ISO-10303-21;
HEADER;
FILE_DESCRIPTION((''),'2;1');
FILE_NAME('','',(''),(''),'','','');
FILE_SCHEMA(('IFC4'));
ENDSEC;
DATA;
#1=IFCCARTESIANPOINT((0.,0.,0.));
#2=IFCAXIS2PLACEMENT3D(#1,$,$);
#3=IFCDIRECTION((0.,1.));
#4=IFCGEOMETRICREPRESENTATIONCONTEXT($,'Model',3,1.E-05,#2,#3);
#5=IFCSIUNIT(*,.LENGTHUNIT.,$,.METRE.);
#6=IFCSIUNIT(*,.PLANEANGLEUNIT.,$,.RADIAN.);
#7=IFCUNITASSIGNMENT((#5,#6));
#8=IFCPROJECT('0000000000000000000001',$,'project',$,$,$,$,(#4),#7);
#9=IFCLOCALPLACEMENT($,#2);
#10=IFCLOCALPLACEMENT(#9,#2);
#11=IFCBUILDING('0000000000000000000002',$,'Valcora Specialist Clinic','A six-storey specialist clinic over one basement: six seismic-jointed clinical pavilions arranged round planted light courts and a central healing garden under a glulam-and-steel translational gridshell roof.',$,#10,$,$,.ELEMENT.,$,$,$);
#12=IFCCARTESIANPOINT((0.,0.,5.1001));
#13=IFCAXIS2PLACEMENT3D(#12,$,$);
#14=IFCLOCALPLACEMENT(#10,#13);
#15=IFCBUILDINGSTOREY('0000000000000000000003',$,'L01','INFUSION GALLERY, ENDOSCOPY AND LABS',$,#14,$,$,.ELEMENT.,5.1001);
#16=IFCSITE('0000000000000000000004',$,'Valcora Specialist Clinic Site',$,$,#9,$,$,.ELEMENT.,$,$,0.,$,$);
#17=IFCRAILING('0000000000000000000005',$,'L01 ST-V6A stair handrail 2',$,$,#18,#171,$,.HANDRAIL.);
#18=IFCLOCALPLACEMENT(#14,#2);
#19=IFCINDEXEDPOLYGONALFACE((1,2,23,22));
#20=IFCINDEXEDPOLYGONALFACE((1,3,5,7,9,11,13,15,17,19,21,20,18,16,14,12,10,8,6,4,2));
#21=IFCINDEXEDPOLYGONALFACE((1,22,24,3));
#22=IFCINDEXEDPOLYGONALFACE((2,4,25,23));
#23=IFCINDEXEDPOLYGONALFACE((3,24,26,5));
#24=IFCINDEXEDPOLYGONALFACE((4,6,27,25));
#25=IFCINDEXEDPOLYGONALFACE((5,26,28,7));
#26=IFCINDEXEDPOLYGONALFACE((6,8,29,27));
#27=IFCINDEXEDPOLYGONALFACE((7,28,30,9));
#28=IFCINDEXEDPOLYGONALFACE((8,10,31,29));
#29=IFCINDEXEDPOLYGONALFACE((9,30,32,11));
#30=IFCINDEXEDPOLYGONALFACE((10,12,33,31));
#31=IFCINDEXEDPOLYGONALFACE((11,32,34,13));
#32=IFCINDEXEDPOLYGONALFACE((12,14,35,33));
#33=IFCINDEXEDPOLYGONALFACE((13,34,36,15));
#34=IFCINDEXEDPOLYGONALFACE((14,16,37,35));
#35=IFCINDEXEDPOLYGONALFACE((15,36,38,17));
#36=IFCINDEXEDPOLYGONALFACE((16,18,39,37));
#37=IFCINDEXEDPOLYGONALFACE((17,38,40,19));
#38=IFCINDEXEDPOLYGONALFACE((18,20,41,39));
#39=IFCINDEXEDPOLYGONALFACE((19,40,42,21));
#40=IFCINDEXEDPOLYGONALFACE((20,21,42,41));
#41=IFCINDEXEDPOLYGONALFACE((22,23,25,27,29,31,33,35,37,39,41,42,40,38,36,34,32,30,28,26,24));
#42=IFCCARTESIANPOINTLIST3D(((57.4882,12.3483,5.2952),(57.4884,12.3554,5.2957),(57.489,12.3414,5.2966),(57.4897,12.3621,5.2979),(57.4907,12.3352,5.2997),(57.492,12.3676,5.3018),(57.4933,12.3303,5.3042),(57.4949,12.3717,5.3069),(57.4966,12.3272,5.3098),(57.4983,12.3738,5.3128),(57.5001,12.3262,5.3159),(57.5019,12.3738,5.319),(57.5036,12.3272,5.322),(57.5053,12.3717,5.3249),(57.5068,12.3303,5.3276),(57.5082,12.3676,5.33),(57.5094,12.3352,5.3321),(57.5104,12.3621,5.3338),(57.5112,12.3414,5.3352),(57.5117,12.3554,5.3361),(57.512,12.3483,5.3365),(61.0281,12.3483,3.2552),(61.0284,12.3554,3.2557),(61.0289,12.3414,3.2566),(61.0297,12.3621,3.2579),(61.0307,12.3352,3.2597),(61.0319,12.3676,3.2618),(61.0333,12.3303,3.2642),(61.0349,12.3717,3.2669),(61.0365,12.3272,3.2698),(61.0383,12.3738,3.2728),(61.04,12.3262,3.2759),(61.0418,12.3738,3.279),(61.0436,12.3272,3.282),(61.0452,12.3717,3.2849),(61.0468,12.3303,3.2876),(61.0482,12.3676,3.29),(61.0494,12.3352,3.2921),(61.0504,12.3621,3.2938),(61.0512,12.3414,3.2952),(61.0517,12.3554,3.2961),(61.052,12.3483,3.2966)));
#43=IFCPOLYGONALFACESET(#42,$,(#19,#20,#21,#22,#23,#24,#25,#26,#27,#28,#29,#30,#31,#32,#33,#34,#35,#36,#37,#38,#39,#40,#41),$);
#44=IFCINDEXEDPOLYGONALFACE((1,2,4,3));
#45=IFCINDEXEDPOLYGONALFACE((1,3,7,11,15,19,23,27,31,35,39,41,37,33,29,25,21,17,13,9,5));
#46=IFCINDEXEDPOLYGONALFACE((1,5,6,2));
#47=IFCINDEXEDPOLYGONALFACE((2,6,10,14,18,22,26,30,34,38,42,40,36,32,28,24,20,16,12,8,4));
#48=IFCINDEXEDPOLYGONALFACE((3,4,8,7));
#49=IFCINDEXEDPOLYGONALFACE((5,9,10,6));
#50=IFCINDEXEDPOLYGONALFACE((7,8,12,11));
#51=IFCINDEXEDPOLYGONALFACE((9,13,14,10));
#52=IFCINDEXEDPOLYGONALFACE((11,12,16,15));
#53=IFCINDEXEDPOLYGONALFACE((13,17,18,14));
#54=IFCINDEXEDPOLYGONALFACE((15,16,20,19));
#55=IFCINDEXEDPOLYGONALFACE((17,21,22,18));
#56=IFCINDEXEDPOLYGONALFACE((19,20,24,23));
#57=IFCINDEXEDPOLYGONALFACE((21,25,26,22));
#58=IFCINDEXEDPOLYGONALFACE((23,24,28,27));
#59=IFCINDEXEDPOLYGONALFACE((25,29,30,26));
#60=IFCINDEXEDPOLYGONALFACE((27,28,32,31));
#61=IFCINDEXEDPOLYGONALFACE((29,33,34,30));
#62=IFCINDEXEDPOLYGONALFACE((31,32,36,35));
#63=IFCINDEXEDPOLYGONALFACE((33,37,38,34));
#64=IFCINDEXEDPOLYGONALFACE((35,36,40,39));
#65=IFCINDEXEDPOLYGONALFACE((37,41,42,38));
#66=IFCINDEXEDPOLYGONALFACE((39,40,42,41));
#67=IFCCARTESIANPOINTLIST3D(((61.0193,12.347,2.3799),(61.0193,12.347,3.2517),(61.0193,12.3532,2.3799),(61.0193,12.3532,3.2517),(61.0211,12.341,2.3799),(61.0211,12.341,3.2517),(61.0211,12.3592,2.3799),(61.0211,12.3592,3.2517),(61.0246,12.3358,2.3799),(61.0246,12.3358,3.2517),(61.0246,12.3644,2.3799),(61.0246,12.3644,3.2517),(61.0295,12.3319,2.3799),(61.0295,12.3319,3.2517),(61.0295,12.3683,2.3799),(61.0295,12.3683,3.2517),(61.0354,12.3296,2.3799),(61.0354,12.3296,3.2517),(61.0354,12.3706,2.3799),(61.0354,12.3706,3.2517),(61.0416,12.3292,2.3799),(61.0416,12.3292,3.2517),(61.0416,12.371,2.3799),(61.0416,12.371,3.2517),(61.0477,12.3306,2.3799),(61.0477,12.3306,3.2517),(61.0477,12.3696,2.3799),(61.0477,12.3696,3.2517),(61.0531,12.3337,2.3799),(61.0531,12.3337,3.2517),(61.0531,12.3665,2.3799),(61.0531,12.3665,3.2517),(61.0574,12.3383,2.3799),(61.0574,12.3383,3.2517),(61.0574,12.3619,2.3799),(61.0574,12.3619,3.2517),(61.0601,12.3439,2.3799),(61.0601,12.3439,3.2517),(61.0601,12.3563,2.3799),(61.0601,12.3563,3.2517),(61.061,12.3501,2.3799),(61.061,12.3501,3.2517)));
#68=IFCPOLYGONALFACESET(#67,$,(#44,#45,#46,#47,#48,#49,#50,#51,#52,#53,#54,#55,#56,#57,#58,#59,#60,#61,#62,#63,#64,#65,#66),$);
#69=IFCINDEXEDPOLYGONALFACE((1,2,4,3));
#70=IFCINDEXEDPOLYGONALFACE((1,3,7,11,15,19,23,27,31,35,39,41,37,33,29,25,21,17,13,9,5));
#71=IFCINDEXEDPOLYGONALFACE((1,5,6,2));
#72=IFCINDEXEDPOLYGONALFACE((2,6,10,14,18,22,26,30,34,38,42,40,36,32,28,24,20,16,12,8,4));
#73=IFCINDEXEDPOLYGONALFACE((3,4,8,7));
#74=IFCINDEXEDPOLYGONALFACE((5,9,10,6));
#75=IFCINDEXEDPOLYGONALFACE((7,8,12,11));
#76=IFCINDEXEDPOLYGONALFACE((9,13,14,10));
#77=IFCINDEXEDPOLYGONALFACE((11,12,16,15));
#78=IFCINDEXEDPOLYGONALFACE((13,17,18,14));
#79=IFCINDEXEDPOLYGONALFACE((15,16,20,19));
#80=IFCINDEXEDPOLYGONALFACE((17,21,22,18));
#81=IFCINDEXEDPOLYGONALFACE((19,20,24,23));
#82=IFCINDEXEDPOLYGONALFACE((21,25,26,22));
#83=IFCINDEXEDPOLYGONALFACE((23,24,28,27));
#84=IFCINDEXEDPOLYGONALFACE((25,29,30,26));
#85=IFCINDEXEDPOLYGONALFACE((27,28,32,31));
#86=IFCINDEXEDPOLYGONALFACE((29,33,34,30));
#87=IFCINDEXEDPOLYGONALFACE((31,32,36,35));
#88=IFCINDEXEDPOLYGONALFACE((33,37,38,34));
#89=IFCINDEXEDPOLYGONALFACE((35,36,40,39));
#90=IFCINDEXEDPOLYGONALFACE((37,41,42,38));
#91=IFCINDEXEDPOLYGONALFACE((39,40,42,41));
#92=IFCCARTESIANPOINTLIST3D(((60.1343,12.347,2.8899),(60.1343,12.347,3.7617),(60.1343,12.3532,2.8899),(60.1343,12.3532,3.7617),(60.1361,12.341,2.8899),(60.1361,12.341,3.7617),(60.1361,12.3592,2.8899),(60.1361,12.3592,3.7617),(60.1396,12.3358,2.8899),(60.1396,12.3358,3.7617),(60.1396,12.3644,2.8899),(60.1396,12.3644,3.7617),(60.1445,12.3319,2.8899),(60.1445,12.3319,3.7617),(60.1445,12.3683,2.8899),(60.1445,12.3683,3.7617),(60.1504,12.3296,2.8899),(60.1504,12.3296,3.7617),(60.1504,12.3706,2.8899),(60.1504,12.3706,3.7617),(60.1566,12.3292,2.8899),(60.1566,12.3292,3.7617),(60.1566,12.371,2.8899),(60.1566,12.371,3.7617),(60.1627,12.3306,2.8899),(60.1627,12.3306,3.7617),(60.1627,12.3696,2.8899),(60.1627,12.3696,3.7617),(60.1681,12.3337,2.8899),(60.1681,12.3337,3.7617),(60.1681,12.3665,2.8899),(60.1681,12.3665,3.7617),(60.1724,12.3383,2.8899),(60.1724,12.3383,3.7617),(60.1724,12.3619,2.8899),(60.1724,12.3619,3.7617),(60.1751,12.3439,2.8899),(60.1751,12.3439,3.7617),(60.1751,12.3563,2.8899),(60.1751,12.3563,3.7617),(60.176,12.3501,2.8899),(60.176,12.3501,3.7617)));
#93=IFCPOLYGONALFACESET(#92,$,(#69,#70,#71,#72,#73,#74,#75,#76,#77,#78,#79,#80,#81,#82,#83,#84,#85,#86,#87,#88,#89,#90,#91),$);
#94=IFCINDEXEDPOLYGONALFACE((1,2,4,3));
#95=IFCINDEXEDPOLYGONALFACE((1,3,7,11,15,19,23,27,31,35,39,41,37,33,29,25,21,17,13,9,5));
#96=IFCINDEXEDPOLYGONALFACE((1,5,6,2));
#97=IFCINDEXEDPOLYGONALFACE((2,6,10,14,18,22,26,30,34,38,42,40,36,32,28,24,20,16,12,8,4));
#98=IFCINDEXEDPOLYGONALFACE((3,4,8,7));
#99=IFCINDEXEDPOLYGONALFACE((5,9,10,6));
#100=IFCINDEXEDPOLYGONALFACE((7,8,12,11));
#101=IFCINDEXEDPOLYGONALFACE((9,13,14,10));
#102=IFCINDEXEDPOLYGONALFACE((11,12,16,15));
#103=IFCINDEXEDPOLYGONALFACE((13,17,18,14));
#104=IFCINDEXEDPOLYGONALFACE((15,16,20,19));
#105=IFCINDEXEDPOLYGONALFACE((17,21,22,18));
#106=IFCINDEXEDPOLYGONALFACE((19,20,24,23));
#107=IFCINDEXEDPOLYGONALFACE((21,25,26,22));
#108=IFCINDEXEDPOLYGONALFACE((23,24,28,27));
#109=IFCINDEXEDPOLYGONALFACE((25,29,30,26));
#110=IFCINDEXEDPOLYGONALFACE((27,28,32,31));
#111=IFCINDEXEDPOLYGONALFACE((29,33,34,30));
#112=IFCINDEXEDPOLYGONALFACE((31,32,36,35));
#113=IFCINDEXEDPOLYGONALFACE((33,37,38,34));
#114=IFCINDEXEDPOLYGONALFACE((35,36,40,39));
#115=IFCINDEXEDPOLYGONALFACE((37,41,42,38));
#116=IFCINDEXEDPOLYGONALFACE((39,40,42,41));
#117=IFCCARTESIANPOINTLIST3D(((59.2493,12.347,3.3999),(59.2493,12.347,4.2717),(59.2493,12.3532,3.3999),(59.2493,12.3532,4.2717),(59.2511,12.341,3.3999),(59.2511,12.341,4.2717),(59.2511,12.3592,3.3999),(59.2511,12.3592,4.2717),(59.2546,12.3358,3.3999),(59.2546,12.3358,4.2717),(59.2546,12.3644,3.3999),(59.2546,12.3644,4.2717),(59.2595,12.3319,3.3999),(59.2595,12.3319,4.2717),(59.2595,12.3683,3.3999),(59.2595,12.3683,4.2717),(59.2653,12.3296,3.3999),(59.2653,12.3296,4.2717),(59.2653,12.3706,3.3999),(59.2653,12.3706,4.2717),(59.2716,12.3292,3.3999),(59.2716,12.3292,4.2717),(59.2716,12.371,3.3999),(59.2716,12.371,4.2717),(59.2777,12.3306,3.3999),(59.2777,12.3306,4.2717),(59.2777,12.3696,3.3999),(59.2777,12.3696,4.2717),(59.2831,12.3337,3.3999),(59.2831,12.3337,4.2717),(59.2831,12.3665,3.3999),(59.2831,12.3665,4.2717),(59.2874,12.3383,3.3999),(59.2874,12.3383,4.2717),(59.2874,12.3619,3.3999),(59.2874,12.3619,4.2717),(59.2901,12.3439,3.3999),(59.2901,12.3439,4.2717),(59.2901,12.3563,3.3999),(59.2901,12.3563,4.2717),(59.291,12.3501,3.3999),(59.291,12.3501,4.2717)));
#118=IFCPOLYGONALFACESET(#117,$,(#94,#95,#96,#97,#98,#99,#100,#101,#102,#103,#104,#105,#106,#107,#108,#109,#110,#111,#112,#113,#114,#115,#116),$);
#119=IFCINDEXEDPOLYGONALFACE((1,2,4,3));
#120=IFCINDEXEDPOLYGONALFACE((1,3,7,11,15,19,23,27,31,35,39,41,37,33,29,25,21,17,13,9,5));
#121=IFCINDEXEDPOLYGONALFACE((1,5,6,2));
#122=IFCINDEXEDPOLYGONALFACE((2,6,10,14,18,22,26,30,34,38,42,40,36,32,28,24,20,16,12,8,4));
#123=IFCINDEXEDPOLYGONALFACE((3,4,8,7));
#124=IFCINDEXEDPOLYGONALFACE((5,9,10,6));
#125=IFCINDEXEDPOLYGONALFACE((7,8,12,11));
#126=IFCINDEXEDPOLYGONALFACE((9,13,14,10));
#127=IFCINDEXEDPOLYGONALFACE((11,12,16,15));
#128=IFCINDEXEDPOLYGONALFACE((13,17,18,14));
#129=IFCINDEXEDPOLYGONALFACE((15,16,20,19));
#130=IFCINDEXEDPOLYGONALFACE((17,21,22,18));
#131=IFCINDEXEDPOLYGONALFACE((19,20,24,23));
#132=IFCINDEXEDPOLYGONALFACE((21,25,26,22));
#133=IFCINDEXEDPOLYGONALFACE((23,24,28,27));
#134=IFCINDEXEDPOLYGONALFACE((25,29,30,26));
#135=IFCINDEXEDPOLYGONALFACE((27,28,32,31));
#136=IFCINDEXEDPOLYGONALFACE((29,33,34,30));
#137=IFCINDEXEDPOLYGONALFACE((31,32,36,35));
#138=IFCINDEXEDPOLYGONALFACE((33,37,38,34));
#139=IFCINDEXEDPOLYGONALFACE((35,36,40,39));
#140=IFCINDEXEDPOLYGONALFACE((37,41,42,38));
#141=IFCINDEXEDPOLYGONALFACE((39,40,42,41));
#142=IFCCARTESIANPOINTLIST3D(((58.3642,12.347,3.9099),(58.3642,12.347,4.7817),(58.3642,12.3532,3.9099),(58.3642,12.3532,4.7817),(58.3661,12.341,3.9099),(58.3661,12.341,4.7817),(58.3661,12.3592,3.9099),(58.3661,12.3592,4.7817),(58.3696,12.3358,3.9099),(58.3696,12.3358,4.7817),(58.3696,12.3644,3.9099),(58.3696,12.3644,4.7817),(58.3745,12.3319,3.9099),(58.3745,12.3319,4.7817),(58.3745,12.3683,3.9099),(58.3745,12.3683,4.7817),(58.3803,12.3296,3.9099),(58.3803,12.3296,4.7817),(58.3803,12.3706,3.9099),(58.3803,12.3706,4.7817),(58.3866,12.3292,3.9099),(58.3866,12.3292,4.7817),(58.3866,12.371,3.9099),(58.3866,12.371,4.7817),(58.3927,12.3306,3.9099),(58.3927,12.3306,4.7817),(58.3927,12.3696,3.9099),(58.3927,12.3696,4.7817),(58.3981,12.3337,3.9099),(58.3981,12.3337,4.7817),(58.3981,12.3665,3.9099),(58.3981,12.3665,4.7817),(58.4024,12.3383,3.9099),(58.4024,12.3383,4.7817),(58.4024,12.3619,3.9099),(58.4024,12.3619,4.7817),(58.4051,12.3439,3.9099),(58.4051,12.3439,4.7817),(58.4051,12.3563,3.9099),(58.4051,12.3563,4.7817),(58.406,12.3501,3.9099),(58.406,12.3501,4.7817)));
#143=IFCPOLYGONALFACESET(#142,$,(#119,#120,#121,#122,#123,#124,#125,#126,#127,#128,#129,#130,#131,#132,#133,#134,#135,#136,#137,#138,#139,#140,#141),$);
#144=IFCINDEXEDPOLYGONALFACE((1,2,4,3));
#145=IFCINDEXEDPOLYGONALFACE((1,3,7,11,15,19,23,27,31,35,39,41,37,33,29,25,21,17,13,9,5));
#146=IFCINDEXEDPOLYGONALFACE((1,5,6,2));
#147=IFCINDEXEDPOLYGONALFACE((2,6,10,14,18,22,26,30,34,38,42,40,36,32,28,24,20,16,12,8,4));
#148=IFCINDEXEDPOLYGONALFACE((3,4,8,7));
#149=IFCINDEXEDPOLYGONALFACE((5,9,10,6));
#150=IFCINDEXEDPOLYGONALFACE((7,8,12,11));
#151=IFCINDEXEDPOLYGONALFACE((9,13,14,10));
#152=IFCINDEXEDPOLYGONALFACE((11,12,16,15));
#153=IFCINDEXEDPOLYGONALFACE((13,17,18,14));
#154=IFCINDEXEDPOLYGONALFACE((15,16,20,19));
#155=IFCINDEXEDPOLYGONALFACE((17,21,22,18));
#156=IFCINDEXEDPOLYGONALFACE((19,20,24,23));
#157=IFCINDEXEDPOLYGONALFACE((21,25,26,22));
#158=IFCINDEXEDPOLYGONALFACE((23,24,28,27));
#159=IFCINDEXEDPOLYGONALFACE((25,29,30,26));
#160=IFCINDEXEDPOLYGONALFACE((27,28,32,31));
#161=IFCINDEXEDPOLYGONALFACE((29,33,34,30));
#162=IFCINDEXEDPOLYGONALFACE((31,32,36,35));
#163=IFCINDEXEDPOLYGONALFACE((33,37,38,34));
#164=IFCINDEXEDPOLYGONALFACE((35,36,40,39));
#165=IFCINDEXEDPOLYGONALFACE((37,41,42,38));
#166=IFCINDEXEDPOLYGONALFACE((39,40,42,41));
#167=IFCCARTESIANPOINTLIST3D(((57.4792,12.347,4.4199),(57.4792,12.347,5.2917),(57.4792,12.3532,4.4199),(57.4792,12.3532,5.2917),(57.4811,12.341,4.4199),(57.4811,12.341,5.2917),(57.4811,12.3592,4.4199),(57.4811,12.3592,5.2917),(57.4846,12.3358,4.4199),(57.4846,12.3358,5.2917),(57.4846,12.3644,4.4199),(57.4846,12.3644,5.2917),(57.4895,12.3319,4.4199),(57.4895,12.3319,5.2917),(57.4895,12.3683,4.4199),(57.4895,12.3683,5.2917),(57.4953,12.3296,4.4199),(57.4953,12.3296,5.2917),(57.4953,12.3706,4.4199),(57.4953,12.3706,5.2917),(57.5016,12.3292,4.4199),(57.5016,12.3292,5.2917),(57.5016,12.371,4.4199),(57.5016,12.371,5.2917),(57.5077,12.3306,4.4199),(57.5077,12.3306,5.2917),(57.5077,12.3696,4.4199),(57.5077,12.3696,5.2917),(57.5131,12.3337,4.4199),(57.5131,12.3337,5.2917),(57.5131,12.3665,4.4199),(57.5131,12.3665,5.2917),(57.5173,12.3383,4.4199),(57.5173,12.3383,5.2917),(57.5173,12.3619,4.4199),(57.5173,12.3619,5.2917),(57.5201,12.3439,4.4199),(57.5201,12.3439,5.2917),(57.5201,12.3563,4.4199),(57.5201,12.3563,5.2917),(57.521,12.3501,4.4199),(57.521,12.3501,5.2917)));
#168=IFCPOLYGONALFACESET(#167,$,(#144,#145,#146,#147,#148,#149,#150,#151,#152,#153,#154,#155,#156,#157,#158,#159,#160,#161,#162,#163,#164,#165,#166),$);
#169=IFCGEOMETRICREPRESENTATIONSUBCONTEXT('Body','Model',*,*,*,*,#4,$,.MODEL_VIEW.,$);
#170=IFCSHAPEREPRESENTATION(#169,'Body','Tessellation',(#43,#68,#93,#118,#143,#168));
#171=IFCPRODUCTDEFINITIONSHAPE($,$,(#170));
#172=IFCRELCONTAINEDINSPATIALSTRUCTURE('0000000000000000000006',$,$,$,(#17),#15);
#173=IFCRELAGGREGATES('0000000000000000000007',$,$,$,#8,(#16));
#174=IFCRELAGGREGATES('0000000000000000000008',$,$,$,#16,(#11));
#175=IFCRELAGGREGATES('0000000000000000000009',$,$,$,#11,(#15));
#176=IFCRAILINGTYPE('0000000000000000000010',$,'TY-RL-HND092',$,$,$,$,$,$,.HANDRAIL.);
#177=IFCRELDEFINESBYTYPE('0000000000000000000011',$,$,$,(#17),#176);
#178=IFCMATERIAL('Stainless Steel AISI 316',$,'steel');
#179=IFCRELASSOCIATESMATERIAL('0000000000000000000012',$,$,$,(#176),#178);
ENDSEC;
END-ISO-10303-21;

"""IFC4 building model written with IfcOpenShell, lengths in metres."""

from ifc_helpers import new_model, si_unit, direction, frame, origin, origin_2d, place, context, subcontext, project, spatial, circle, extrude, material, type_object, element, save


model = new_model("IFC4")

# Units and contexts
model_context = context("Model", 3, precision=1e-05, world=origin(), true_north=direction((0.0, 1.0)))
body_context = subcontext(model_context, "Body", "Model", "MODEL_VIEW")
ifc_project = project(units=[si_unit("LENGTHUNIT", "METRE"), si_unit("PLANEANGLEUNIT", "RADIAN")], contexts=[model_context])

# Site, building, storey
site_placement = place(None, origin())
site = spatial("IfcSite", under=ifc_project, at=site_placement, Name="Valcora Specialist Clinic Site", CompositionType="ELEMENT", RefElevation=0.0)
building_placement = place(site_placement, origin())
building = spatial("IfcBuilding", under=site, at=building_placement, Name="Valcora Specialist Clinic", Description="A six-storey specialist clinic over one basement: six seismic-jointed clinical pavilions arranged round planted light courts and a central healing garden under a glulam-and-steel translational gridshell roof.", CompositionType="ELEMENT")
storey_placement = place(building_placement, frame((0.0, 0.0, 5.1001)))
storey = spatial("IfcBuildingStorey", under=building, at=storey_placement, Name="L01", Description="INFUSION GALLERY, ENDOSCOPY AND LABS", CompositionType="ELEMENT", Elevation=5.1001)

# Railing
ifc_material_1 = material(Name="Stainless Steel AISI 316", Category="steel")
railing_type_1 = type_object("IfcRailingType", Name="TY-RL-HND092", PredefinedType="HANDRAIL", material=ifc_material_1)
railing_1_placement = place(storey_placement, frame((61.04, 12.3501, 2.3799)))
element("IfcRailing", 1, at=railing_1_placement, inside=storey, type_object=railing_type_1, Name="L01 ST-V6A stair handrail 2", PredefinedType="HANDRAIL", context=body_context, shape_type="SweptSolid", body=[
    extrude(circle(Radius=0.0239, at=origin_2d()), frame((0.0, 0.0, 0.896), z_axis=(-0.866428, 0.0, 0.499302), x_axis=(0.0, -1.0, 0.0)), (0.0, 0.0, 1.0), 4.0857),
    extrude(circle(Radius=0.021, at=origin_2d()), origin(), (0.0, 0.0, 1.0), 0.8718),
    extrude(circle(Radius=0.021, at=origin_2d()), frame((-0.885, 0.0, 0.51)), (0.0, 0.0, 1.0), 0.8718),
    extrude(circle(Radius=0.021, at=origin_2d()), frame((-1.77, 0.0, 1.02)), (0.0, 0.0, 1.0), 0.8718),
    extrude(circle(Radius=0.021, at=origin_2d()), frame((-2.655, 0.0, 1.53)), (0.0, 0.0, 1.0), 0.8718),
    extrude(circle(Radius=0.021, at=origin_2d()), frame((-3.54, 0.0, 2.04)), (0.0, 0.0, 1.0), 0.8718),
])

save(model, "model.ifc")
